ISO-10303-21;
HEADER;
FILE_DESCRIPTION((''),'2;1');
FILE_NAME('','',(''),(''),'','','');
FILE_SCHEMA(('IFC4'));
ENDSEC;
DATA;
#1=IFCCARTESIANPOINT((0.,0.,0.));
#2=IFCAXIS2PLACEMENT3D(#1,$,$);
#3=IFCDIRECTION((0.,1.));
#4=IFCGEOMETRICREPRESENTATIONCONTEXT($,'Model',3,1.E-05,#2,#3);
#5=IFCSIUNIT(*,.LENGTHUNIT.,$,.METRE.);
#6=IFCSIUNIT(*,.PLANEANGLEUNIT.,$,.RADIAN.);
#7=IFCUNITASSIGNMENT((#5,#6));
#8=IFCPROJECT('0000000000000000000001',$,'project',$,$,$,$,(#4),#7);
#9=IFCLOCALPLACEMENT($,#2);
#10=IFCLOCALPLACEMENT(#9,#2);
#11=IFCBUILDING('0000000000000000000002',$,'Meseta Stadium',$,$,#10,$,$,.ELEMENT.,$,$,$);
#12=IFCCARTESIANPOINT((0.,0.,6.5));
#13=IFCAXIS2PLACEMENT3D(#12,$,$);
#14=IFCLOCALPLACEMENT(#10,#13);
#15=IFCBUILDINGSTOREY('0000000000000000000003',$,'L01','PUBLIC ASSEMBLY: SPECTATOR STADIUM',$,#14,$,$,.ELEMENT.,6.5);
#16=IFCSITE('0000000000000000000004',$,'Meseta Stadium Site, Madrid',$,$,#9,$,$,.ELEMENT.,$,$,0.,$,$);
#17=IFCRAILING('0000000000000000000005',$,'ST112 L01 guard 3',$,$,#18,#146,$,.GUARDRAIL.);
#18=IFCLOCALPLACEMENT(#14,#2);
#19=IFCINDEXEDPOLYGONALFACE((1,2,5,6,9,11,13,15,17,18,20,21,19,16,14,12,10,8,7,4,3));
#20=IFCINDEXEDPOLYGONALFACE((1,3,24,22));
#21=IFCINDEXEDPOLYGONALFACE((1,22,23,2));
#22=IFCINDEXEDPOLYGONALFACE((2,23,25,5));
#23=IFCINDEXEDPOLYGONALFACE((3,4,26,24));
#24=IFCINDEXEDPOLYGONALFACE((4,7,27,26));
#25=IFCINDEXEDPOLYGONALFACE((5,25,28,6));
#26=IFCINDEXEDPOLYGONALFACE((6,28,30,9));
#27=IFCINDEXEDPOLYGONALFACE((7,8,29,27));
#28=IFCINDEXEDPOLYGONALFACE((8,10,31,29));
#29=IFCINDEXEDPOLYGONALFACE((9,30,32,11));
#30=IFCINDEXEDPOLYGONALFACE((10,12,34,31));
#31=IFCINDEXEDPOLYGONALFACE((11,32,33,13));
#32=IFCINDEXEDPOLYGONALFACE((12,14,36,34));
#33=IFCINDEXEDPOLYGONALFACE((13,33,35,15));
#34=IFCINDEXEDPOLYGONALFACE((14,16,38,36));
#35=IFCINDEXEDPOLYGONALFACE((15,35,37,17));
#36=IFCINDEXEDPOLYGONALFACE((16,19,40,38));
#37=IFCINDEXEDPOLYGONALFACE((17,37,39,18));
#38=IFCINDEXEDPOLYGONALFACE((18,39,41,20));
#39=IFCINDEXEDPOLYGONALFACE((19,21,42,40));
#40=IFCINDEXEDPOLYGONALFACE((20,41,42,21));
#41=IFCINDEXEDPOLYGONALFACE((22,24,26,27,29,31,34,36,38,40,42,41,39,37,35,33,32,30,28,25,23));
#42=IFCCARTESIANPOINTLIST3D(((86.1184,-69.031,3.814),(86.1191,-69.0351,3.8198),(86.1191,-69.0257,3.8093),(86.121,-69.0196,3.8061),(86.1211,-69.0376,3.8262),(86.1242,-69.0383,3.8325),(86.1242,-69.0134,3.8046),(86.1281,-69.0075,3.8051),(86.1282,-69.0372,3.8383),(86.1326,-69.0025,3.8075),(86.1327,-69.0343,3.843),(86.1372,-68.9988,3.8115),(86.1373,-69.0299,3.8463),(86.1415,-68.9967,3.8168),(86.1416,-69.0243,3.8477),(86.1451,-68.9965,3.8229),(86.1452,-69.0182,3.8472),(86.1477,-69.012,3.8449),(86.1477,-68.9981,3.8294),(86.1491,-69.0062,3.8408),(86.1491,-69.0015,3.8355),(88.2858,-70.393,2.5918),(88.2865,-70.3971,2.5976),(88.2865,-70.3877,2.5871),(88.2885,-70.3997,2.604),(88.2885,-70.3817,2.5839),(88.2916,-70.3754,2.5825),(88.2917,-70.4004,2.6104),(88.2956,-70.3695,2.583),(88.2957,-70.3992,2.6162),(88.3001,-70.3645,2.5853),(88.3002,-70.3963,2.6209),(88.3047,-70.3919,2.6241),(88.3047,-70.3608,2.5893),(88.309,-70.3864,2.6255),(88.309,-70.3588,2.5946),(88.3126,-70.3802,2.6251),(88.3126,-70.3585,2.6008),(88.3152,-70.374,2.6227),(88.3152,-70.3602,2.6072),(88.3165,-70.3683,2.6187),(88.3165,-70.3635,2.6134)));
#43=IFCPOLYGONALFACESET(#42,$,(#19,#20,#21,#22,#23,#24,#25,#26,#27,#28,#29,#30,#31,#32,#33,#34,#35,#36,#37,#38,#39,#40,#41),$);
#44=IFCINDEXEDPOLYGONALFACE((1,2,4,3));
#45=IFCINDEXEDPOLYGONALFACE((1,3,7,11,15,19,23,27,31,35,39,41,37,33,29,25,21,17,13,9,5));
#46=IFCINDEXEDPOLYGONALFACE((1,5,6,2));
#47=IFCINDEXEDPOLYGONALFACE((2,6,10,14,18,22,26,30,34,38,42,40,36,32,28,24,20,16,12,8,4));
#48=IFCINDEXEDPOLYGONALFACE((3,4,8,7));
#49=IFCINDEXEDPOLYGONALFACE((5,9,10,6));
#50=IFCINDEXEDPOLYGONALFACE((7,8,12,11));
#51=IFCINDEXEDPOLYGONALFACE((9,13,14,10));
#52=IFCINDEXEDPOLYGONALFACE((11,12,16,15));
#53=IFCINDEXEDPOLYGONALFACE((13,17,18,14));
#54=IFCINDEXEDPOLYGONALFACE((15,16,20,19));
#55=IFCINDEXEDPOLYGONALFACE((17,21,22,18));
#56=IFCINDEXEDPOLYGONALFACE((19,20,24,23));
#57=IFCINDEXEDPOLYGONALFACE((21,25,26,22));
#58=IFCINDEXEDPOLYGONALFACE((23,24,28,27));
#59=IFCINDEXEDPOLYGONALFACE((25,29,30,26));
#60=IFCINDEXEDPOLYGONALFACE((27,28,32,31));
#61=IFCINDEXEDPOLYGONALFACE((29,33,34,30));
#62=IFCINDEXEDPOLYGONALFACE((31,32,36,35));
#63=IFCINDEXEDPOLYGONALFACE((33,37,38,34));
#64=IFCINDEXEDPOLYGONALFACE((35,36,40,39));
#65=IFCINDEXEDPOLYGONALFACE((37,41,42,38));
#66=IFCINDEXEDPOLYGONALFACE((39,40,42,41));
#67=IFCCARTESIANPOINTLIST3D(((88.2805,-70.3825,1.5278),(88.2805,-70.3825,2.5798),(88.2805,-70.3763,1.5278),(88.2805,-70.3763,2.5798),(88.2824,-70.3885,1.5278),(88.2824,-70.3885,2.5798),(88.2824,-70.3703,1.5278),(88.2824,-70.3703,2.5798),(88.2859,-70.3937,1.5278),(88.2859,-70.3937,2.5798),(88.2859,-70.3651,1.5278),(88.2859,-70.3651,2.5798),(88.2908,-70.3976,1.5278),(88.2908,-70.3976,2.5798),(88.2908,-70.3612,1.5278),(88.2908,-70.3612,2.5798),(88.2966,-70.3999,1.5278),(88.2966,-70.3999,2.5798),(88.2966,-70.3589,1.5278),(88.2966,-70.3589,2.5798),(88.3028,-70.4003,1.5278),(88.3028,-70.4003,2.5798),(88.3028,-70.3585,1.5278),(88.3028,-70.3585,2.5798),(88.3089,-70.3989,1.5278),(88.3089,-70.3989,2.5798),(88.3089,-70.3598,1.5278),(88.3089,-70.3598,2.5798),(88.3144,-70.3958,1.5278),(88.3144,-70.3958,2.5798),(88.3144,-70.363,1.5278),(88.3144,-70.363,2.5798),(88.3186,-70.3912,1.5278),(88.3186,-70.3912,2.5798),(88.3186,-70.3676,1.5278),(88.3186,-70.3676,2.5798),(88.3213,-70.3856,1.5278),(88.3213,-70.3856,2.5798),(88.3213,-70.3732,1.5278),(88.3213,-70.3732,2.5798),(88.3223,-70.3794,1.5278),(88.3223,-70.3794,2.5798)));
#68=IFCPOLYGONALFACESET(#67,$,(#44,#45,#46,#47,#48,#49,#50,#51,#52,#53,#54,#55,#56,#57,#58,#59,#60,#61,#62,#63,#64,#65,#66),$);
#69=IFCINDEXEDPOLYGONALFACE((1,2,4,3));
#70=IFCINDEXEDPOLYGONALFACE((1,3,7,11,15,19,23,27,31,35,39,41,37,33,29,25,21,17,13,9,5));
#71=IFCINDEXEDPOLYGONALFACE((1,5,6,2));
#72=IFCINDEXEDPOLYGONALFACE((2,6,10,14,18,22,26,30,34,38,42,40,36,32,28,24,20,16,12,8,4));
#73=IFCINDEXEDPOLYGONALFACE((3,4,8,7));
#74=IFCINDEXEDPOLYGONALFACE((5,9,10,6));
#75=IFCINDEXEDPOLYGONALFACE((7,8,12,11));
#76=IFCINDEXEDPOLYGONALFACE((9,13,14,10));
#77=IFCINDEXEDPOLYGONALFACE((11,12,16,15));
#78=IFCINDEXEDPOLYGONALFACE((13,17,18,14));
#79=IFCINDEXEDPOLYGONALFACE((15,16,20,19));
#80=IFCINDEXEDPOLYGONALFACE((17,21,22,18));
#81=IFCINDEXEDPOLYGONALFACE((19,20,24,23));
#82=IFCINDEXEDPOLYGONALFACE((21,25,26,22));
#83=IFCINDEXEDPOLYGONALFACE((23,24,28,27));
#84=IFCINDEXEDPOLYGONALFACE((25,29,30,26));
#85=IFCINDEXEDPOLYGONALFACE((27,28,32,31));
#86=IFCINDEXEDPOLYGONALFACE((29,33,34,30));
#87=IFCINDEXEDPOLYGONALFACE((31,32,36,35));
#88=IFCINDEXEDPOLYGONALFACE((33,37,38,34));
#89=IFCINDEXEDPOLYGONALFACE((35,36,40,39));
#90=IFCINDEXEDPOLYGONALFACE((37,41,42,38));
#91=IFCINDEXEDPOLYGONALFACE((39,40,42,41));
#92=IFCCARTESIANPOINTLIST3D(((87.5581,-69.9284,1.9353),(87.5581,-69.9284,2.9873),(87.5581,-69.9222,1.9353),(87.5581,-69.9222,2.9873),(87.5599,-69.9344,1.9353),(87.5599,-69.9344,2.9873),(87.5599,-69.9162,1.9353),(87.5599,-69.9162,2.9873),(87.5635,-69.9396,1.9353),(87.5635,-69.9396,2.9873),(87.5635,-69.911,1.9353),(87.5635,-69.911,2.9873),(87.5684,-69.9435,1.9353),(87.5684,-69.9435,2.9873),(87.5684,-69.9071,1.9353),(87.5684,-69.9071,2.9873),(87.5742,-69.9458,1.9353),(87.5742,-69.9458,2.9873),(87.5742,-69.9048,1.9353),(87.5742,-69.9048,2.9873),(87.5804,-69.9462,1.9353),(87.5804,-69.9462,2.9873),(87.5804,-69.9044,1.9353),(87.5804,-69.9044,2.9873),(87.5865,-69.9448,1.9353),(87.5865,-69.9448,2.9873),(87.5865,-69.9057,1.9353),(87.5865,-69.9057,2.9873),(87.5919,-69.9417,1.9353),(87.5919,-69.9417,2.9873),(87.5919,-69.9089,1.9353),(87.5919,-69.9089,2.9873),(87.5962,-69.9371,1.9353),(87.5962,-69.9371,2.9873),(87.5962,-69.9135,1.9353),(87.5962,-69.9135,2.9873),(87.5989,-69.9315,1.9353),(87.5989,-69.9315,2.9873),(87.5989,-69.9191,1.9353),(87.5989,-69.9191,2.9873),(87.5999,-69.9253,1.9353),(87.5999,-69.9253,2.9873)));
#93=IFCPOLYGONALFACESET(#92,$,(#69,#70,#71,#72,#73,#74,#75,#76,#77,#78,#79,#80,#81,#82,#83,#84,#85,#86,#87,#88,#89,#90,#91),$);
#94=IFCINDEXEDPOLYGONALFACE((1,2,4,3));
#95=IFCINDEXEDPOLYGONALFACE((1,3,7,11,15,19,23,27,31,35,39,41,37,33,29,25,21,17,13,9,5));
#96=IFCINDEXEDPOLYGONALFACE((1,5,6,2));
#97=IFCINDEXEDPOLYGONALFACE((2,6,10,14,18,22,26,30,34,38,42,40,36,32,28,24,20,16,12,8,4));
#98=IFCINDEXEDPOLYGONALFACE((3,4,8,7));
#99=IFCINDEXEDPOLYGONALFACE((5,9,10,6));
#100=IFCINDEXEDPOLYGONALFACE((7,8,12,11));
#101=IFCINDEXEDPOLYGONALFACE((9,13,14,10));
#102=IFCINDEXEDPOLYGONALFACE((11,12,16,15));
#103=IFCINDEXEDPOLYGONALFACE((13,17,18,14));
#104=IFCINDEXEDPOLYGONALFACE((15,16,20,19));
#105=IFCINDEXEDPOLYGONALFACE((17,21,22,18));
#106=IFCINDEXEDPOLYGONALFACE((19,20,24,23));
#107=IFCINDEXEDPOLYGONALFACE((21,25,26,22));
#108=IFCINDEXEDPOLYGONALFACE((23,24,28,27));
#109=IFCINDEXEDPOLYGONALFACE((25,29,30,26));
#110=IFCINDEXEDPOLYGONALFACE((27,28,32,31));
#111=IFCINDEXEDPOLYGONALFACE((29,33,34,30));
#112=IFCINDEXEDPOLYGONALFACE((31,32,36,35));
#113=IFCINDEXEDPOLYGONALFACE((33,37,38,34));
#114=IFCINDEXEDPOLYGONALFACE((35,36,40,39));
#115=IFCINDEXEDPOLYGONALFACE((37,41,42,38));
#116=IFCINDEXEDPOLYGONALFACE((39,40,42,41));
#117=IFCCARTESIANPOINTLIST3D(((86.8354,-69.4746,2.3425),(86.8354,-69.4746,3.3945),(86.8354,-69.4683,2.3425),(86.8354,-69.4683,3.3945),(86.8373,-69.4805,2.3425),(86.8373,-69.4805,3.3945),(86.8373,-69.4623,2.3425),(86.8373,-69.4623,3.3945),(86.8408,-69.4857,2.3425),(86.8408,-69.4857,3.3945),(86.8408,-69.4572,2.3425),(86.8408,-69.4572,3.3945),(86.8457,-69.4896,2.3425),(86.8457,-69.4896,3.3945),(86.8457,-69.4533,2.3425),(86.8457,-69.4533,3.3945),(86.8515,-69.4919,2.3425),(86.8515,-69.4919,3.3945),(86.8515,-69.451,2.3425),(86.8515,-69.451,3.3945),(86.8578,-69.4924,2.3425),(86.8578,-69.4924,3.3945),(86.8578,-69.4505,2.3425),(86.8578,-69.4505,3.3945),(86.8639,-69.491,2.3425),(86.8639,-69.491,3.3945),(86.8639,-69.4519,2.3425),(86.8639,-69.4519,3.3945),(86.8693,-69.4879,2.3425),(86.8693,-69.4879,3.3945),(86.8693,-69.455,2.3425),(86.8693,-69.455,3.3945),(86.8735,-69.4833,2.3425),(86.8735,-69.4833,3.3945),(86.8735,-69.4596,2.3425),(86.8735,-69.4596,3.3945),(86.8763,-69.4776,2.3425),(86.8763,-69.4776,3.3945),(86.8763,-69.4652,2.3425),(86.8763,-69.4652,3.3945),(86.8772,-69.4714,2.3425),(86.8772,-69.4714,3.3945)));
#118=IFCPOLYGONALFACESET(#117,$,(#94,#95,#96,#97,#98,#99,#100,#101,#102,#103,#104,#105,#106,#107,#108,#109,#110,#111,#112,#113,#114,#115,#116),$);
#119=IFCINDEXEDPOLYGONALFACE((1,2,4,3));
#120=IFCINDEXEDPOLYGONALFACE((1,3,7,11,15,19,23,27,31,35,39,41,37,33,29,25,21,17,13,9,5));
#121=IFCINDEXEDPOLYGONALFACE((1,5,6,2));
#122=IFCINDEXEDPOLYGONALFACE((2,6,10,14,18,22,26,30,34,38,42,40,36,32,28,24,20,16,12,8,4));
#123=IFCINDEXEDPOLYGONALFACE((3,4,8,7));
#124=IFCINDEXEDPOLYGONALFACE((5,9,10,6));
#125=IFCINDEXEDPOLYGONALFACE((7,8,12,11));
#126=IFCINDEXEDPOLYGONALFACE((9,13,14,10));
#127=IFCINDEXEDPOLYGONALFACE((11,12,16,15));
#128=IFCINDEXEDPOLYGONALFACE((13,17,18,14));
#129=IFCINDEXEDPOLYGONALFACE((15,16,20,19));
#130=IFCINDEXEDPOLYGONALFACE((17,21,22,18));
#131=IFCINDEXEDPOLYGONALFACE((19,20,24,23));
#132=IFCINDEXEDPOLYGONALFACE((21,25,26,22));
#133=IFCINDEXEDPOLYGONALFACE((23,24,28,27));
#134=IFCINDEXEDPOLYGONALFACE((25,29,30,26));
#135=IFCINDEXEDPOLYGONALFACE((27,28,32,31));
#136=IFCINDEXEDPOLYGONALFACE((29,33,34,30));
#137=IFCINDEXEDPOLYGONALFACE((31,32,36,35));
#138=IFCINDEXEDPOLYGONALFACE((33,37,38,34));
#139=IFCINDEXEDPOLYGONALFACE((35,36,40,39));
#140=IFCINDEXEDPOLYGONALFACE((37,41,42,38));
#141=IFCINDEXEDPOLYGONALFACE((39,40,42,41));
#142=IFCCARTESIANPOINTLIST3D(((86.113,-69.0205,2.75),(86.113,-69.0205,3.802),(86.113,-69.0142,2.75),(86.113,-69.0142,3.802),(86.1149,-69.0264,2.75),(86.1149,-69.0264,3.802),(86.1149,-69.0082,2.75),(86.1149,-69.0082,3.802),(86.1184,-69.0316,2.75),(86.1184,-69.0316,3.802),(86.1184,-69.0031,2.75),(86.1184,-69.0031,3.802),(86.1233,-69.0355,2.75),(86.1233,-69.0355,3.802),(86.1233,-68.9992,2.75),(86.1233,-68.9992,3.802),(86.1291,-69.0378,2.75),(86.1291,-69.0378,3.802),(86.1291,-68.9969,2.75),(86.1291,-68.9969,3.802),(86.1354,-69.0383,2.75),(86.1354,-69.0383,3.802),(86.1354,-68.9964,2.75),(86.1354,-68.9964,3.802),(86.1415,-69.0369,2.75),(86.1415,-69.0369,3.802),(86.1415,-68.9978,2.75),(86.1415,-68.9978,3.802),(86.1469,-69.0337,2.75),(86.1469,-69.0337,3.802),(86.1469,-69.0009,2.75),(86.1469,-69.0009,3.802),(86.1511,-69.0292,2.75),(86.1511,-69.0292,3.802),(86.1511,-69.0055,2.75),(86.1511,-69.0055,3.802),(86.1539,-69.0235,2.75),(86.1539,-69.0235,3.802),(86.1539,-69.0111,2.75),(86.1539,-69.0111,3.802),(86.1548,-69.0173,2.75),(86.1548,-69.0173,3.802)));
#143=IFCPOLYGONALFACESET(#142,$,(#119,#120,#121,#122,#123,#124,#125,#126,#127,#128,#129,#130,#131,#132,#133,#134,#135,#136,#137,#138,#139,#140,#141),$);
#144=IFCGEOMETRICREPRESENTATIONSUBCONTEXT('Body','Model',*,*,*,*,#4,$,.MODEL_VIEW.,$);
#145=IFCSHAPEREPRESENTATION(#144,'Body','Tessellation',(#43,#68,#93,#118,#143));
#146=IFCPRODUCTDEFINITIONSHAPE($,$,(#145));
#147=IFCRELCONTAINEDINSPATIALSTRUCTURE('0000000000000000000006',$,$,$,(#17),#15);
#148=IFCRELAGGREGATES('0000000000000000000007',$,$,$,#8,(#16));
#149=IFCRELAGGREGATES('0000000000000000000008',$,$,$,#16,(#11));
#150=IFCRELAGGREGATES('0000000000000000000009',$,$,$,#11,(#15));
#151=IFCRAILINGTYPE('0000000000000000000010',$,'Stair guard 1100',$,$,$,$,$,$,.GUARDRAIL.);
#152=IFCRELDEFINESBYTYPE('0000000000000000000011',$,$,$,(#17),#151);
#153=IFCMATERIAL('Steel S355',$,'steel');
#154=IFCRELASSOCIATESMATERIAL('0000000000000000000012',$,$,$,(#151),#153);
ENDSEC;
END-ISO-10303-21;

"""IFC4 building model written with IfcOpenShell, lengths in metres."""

from ifc_helpers import new_model, si_unit, direction, frame, origin, origin_2d, place, context, subcontext, project, spatial, circle, extrude, material, type_object, element, save


model = new_model("IFC4")

# Units and contexts
model_context = context("Model", 3, precision=1e-05, world=origin(), true_north=direction((0.0, 1.0)))
body_context = subcontext(model_context, "Body", "Model", "MODEL_VIEW")
ifc_project = project(units=[si_unit("LENGTHUNIT", "METRE"), si_unit("PLANEANGLEUNIT", "RADIAN")], contexts=[model_context])

# Site, building, storey
site_placement = place(None, origin())
site = spatial("IfcSite", under=ifc_project, at=site_placement, Name="Meseta Stadium Site, Madrid", CompositionType="ELEMENT", RefElevation=0.0)
building_placement = place(site_placement, origin())
building = spatial("IfcBuilding", under=site, at=building_placement, Name="Meseta Stadium", CompositionType="ELEMENT")
storey_placement = place(building_placement, frame((0.0, 0.0, 6.5)))
storey = spatial("IfcBuildingStorey", under=building, at=storey_placement, Name="L01", Description="PUBLIC ASSEMBLY: SPECTATOR STADIUM", CompositionType="ELEMENT", Elevation=6.5)

# Railing
ifc_material_1 = material(Name="Steel S355", Category="steel")
railing_type_1 = type_object("IfcRailingType", Name="Stair guard 1100", PredefinedType="GUARDRAIL", material=ifc_material_1)
railing_1_placement = place(storey_placement, frame((88.3013, -70.3794, 1.5278)))
element("IfcRailing", 1, at=railing_1_placement, inside=storey, type_object=railing_type_1, Name="ST112 L01 guard 3", PredefinedType="GUARDRAIL", context=body_context, shape_type="SweptSolid", body=[
    extrude(circle(Radius=0.0239, at=origin_2d()), frame((0.0, 0.0, 1.0762), z_axis=(-0.764085, 0.480156, 0.430841), x_axis=(-0.532072, -0.846699, 0.0)), (0.0, 0.0, 1.0), 2.8367),
    extrude(circle(Radius=0.021, at=origin_2d()), origin(), (0.0, 0.0, 1.0), 1.052),
    extrude(circle(Radius=0.021, at=origin_2d()), frame((-0.7224, 0.4541, 0.4075)), (0.0, 0.0, 1.0), 1.052),
    extrude(circle(Radius=0.021, at=origin_2d()), frame((-1.4451, 0.908, 0.8147)), (0.0, 0.0, 1.0), 1.052),
    extrude(circle(Radius=0.021, at=origin_2d()), frame((-2.1675, 1.3621, 1.2222)), (0.0, 0.0, 1.0), 1.052),
])

save(model, "model.ifc")
